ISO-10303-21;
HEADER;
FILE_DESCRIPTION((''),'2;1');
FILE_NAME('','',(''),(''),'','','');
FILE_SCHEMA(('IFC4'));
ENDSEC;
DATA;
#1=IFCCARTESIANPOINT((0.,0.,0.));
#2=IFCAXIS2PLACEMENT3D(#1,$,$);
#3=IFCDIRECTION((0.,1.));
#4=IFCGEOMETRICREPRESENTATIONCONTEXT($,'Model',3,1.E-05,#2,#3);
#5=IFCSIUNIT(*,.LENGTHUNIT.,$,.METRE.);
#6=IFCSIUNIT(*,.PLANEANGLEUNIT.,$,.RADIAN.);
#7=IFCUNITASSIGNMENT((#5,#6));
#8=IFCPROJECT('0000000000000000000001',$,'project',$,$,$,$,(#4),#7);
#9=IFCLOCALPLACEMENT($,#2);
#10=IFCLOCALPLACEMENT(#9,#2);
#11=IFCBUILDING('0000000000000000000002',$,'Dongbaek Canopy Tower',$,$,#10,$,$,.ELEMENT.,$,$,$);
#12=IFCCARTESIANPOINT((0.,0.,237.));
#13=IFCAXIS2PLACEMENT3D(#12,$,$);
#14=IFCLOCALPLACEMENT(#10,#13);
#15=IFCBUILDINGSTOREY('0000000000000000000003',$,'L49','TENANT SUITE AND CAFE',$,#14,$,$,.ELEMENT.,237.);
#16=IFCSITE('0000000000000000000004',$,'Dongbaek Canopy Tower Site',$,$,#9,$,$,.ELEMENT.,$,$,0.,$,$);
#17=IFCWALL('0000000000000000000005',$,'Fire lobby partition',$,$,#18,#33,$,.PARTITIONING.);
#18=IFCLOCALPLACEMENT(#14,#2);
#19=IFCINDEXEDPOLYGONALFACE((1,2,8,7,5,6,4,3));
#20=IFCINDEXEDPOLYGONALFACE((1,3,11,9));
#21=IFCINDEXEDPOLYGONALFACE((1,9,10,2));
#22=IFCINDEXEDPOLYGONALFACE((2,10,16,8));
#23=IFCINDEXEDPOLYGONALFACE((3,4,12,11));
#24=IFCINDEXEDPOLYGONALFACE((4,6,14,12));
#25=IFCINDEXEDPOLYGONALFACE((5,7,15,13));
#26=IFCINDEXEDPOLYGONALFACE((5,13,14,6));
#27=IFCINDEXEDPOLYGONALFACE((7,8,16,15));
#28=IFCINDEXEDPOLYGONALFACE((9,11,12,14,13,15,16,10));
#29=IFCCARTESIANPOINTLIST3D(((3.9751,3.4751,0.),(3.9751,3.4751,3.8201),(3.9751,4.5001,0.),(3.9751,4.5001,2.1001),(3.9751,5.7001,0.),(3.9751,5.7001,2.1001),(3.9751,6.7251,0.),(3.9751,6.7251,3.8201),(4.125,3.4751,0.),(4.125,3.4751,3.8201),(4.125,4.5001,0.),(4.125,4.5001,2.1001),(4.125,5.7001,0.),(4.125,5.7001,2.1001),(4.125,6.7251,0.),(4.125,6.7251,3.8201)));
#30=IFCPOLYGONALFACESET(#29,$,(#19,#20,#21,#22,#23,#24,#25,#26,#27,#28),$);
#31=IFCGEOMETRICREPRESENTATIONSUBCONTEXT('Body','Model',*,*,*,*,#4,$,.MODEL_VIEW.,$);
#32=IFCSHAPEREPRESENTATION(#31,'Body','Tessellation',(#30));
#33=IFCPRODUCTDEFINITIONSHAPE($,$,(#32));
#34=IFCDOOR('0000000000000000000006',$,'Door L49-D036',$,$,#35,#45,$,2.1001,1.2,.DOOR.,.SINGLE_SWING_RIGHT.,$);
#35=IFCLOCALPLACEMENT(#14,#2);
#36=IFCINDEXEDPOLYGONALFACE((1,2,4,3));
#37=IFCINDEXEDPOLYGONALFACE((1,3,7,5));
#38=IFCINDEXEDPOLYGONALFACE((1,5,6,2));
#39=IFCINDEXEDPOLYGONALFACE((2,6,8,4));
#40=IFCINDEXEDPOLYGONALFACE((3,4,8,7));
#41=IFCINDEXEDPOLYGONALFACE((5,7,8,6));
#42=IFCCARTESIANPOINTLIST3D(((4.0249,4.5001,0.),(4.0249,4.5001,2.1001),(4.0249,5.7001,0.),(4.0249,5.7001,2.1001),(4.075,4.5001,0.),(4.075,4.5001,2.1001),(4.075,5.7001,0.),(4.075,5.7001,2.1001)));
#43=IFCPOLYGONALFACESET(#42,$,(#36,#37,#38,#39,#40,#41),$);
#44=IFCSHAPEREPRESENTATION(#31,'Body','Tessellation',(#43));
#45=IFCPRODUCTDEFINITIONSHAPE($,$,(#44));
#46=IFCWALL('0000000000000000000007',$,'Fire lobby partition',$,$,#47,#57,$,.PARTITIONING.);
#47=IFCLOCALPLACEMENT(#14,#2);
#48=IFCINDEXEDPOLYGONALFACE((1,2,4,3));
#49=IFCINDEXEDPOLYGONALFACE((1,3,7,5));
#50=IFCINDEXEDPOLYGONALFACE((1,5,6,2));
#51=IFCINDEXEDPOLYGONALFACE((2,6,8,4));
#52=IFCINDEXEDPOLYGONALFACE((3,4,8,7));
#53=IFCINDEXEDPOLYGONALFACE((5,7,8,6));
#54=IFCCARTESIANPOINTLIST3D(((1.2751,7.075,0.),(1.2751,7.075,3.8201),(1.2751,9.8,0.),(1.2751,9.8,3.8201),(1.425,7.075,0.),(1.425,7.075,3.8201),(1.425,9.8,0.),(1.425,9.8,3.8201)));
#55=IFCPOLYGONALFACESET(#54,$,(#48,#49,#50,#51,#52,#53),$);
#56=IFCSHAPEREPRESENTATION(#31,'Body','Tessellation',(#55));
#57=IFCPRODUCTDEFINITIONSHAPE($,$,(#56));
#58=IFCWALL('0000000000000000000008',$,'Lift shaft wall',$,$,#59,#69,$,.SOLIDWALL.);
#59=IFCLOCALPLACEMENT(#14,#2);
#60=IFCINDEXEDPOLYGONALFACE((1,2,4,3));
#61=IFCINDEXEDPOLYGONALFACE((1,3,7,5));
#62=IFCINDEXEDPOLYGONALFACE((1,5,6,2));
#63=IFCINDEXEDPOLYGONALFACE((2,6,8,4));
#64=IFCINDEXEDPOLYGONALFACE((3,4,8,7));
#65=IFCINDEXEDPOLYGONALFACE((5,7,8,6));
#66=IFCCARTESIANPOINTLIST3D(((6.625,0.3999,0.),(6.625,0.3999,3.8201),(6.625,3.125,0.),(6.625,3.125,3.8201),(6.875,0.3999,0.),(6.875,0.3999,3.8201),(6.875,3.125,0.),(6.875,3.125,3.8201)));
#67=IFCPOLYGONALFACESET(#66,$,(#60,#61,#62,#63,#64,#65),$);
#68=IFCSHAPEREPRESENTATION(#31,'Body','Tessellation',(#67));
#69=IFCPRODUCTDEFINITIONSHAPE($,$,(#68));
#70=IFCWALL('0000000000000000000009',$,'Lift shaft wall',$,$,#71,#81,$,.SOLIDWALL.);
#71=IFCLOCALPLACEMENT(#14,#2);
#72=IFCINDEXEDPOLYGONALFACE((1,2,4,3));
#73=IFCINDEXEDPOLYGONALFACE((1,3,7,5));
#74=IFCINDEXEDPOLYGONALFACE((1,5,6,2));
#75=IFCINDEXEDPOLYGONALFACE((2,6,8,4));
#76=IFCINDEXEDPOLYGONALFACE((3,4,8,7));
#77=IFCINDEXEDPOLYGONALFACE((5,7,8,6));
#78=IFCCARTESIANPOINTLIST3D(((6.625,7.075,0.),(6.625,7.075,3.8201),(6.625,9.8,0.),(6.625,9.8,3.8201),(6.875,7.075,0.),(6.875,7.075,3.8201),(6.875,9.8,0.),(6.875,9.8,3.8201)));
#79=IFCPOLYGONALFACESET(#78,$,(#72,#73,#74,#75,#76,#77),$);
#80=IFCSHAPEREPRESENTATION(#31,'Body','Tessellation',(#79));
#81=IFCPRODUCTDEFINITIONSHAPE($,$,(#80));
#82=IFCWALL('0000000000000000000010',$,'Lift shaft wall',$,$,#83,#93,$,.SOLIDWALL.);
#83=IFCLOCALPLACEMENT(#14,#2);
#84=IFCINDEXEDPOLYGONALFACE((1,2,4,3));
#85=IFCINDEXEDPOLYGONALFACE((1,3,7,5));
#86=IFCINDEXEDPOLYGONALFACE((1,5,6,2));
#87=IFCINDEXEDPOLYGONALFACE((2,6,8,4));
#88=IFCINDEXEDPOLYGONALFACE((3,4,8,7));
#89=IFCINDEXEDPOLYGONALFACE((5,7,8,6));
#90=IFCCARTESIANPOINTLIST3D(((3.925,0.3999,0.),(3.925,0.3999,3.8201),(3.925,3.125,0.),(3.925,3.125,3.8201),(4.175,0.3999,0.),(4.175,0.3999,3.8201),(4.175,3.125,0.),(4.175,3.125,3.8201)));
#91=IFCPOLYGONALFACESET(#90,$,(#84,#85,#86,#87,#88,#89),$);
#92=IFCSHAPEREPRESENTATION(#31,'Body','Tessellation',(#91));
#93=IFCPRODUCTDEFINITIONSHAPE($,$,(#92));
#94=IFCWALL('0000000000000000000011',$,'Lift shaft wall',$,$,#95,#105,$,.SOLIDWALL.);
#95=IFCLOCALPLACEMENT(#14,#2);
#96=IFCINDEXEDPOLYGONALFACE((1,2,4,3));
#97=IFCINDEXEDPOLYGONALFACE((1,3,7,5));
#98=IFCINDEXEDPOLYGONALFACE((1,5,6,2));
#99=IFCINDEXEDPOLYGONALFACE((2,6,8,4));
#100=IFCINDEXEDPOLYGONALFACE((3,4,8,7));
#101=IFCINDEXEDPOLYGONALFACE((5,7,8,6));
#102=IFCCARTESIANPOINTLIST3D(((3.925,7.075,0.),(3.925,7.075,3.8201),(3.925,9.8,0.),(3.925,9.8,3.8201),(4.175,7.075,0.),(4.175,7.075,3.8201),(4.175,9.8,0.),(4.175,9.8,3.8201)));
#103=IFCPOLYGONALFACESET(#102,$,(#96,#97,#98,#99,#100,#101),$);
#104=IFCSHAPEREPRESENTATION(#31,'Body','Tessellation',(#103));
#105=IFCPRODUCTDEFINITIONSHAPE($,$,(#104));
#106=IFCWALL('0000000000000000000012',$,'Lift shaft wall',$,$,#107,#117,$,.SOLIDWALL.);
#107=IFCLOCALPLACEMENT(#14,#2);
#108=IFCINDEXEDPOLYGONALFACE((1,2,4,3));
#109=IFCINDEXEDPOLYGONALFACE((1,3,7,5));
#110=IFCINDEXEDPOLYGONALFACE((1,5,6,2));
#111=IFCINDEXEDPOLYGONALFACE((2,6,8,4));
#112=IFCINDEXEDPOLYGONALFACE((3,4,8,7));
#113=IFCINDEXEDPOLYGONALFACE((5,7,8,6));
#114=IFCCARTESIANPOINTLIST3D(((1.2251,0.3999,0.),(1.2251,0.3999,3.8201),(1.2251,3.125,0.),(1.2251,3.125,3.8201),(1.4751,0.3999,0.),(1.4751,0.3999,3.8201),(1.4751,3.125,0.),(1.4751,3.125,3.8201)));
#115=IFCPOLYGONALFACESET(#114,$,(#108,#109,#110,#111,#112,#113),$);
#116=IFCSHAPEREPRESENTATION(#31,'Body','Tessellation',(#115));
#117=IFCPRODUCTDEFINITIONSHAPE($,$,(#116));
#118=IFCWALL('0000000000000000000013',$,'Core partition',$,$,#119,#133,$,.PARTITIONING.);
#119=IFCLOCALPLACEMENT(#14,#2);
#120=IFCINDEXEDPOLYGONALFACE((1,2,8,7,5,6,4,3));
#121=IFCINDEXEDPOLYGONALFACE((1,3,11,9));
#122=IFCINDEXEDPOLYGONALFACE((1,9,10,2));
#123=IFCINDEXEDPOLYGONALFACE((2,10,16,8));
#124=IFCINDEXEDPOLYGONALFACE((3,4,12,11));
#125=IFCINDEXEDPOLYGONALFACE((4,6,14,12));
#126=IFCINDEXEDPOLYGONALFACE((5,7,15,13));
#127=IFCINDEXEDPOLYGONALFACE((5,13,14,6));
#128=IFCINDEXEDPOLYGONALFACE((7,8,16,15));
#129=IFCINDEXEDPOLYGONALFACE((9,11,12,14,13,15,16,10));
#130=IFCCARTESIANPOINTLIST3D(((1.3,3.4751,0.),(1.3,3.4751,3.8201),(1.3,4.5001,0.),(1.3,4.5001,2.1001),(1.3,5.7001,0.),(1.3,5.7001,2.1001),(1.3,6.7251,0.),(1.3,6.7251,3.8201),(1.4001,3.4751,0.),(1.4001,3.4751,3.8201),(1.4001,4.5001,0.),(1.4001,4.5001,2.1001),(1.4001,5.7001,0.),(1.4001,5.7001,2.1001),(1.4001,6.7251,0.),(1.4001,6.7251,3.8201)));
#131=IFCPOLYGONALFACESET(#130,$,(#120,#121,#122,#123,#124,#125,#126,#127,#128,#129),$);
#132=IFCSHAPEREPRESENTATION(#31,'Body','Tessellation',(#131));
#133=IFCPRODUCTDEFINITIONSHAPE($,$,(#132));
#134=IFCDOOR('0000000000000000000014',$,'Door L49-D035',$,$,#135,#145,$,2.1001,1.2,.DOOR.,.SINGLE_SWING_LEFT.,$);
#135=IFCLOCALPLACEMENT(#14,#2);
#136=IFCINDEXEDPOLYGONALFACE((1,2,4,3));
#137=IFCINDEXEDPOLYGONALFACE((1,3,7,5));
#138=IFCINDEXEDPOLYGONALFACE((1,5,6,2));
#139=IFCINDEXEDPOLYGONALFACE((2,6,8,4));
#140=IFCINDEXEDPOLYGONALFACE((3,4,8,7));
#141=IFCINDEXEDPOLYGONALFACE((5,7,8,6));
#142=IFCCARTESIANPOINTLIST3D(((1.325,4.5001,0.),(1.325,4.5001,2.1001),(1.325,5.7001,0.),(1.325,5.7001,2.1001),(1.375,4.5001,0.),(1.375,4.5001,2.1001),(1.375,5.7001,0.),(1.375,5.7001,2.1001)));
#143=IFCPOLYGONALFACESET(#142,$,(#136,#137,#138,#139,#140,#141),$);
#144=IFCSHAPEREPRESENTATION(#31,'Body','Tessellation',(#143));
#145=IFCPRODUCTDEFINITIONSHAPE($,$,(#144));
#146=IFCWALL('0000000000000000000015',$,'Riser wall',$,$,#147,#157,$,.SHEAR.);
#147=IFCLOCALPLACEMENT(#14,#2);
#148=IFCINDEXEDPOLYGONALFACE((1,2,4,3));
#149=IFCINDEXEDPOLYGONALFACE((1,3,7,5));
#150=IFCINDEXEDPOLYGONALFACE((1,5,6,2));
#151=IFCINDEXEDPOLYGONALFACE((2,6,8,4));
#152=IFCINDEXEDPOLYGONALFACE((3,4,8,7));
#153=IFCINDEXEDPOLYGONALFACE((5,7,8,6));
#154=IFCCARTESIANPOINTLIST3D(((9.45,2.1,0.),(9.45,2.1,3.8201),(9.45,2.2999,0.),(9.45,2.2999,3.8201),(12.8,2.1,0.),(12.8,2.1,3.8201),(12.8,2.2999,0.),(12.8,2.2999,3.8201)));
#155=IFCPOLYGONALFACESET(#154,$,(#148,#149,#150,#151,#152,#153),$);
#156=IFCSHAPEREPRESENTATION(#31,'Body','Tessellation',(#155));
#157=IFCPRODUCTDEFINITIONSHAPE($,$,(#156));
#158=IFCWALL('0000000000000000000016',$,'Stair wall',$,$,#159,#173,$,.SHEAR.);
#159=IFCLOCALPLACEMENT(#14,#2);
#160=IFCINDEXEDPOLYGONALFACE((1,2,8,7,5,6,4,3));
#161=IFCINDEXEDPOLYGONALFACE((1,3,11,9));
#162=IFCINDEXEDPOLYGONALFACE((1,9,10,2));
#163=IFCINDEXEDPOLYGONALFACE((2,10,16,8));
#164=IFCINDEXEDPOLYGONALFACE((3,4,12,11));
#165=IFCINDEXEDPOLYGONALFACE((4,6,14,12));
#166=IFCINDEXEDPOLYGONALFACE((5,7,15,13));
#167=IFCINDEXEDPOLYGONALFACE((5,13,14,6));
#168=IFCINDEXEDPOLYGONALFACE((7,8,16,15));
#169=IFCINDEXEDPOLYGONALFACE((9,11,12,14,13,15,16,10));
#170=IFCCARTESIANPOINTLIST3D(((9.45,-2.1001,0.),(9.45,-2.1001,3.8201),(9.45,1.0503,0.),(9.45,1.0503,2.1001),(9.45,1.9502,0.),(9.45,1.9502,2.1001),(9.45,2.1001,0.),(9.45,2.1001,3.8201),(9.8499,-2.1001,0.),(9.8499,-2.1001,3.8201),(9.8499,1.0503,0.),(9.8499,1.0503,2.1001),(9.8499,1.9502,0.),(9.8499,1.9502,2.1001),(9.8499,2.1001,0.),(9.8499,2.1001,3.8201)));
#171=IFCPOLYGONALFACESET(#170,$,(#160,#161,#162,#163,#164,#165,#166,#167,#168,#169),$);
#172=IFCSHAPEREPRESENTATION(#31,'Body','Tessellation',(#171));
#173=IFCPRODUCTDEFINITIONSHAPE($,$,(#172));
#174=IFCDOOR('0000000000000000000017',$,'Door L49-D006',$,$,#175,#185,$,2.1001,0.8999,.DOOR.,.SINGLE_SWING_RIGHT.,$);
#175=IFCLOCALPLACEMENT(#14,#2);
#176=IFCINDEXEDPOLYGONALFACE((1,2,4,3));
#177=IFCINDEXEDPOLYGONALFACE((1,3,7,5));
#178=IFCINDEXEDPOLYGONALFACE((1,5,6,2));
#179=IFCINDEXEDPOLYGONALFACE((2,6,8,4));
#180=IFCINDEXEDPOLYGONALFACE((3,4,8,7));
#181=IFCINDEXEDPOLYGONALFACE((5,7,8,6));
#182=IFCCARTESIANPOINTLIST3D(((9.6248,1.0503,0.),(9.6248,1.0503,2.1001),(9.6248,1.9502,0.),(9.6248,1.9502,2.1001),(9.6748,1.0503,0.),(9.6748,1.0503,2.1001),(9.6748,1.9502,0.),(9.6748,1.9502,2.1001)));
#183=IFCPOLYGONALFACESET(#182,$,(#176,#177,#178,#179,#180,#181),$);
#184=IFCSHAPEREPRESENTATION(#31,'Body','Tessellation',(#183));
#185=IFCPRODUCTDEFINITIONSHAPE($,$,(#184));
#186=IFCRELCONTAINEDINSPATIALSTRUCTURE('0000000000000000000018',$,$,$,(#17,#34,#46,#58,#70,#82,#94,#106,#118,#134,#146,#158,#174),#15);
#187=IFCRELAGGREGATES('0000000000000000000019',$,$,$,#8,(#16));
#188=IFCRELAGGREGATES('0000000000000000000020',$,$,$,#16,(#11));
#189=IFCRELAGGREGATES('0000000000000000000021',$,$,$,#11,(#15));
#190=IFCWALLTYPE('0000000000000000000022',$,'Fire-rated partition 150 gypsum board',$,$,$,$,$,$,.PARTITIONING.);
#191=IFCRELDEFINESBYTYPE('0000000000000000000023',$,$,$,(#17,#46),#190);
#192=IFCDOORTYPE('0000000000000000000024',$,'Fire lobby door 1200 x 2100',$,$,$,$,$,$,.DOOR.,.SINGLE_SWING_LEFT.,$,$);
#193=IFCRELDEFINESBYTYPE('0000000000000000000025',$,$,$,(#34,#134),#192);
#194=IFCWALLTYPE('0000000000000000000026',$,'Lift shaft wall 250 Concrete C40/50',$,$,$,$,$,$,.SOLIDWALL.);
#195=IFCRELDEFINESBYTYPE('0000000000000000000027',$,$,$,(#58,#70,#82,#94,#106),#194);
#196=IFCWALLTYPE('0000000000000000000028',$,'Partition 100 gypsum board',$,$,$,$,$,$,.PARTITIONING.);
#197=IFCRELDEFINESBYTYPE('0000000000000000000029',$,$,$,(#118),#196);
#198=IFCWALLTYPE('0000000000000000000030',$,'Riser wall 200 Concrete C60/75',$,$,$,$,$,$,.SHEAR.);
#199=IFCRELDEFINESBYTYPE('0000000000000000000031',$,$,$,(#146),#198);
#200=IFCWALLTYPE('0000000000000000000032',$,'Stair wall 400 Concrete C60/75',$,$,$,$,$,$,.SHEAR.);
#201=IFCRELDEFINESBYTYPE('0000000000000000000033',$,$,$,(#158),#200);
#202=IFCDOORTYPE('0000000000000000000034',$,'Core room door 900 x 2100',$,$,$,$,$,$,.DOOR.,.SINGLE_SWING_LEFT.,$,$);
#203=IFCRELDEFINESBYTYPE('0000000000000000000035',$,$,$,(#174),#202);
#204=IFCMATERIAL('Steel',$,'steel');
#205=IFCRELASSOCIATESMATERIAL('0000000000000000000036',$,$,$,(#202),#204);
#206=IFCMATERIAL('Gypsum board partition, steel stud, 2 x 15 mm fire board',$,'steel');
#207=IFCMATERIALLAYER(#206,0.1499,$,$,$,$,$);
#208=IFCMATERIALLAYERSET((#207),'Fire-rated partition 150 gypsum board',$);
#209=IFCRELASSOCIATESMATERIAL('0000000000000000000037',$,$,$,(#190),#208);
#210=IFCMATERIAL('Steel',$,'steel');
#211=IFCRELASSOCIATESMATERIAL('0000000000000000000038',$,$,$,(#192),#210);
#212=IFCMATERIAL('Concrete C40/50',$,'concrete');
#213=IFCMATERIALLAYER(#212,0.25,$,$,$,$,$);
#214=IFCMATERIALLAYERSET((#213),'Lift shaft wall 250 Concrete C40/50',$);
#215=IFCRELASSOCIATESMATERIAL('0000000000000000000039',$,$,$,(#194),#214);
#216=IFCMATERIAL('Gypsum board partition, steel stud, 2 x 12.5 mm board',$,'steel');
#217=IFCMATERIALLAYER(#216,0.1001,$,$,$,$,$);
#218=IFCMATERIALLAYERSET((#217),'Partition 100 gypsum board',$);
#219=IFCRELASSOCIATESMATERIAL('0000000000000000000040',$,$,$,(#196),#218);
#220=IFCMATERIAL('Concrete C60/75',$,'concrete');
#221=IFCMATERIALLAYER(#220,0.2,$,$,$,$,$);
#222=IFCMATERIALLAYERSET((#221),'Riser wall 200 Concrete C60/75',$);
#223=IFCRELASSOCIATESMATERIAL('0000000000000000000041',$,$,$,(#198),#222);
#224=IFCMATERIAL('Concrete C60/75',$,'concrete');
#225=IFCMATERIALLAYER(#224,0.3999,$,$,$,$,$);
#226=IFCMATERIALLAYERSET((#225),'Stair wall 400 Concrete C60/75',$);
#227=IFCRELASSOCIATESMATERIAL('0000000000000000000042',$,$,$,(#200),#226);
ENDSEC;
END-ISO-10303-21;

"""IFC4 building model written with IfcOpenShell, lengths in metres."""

from ifc_helpers import new_model, si_unit, direction, frame, frame_2d, origin, place, context, subcontext, project, spatial, rectangle, extrude, material, layer, layer_set, type_object, element, fill, save


model = new_model("IFC4")

# Units and contexts
model_context = context("Model", 3, precision=1e-05, world=origin(), true_north=direction((0.0, 1.0)))
body_context = subcontext(model_context, "Body", "Model", "MODEL_VIEW")
ifc_project = project(units=[si_unit("LENGTHUNIT", "METRE"), si_unit("PLANEANGLEUNIT", "RADIAN")], contexts=[model_context])

# Site, building, storey
site_placement = place(None, origin())
site = spatial("IfcSite", under=ifc_project, at=site_placement, Name="Dongbaek Canopy Tower Site", CompositionType="ELEMENT", RefElevation=0.0)
building_placement = place(site_placement, origin())
building = spatial("IfcBuilding", under=site, at=building_placement, Name="Dongbaek Canopy Tower", CompositionType="ELEMENT")
storey_placement = place(building_placement, frame((0.0, 0.0, 237.0)))
storey = spatial("IfcBuildingStorey", under=building, at=storey_placement, Name="L49", Description="TENANT SUITE AND CAFE", CompositionType="ELEMENT", Elevation=237.0)

# Shared definitions
ifc_material_1 = material(Name="Steel", Category="steel")
door_type_1 = type_object("IfcDoorType", Name="Core room door 900 x 2100", OperationType="SINGLE_SWING_LEFT", PredefinedType="DOOR", material=ifc_material_1)

# Wall, opening, door
ifc_material_2 = material(Name="Gypsum board partition, steel stud, 2 x 15 mm fire board", Category="steel")
ifc_layer_1 = layer(ifc_material_2, 0.1499)
ifc_layer_set_1 = layer_set([ifc_layer_1], Name="Fire-rated partition 150 gypsum board")
wall_type_1 = type_object("IfcWallType", Name="Fire-rated partition 150 gypsum board", PredefinedType="PARTITIONING", material=ifc_layer_set_1)
wall_1_placement = place(storey_placement, frame((4.05, 6.7251, 0.0), z_axis=(0.0, 0.0, 1.0), x_axis=(0.0, -1.0, 0.0)))
wall_1 = element("IfcWall", 1, at=wall_1_placement, inside=storey, type_object=wall_type_1, Name="Fire lobby partition", PredefinedType="PARTITIONING", context=body_context, shape_type="SweptSolid", body=[
    extrude(rectangle(XDim=3.25, YDim=0.1499, at=frame_2d((1.625, 0.0))), origin(), (0.0, 0.0, 1.0), 3.8201),
])
opening_1_placement = place(wall_1_placement, frame((1.0249, 0.0, 0.0)))
opening_1 = element("IfcOpeningElement", 2, at=opening_1_placement, cuts=wall_1, PredefinedType="OPENING", context=body_context, shape_type="SweptSolid", body=[
    extrude(rectangle(XDim=1.2, YDim=2.1001, at=frame_2d((0.6001, 1.05))), frame((0.0, 0.085, 0.0), z_axis=(0.0, -1.0, 0.0), x_axis=(1.0, 0.0, 0.0)), (0.0, 0.0, 1.0), 0.1699),
])
ifc_material_3 = material(Name="Steel", Category="steel")
door_type_2 = type_object("IfcDoorType", Name="Fire lobby door 1200 x 2100", OperationType="SINGLE_SWING_LEFT", PredefinedType="DOOR", material=ifc_material_3)
door_1_placement = place(opening_1_placement, origin())
door_1 = element("IfcDoor", 3, at=door_1_placement, inside=storey, type_object=door_type_2, Name="Door L49-D036", OperationType="SINGLE_SWING_RIGHT", OverallHeight=2.1001, OverallWidth=1.2, PredefinedType="DOOR", context=body_context, shape_type="SweptSolid", body=[
    extrude(rectangle(XDim=1.2, YDim=2.1001, at=frame_2d((0.6001, 1.05))), frame((0.0, 0.0249, 0.0), z_axis=(0.0, -1.0, 0.0), x_axis=(1.0, 0.0, 0.0)), (0.0, 0.0, 1.0), 0.05),
])
fill(opening_1, door_1)

# Walls
wall_2_placement = place(storey_placement, frame((1.3501, 7.075, 0.0), z_axis=(0.0, 0.0, 1.0), x_axis=(0.0, 1.0, 0.0)))
element("IfcWall", 4, at=wall_2_placement, inside=storey, type_object=wall_type_1, Name="Fire lobby partition", PredefinedType="PARTITIONING", context=body_context, shape_type="SweptSolid", body=[
    extrude(rectangle(XDim=2.7251, YDim=0.1499, at=frame_2d((1.3625, 0.0))), origin(), (0.0, 0.0, 1.0), 3.8201),
])
ifc_material_4 = material(Name="Concrete C40/50", Category="concrete")
ifc_layer_2 = layer(ifc_material_4, 0.25)
ifc_layer_set_2 = layer_set([ifc_layer_2], Name="Lift shaft wall 250 Concrete C40/50")
wall_type_2 = type_object("IfcWallType", Name="Lift shaft wall 250 Concrete C40/50", PredefinedType="SOLIDWALL", material=ifc_layer_set_2)
for number, where, z_axis, x_axis, name in (
    (5, (6.75, 0.3999, 0.0), (0.0, 0.0, 1.0), (0.0, 1.0, 0.0), "Lift shaft wall"),
    (6, (6.75, 7.075, 0.0), (0.0, 0.0, 1.0), (0.0, 1.0, 0.0), "Lift shaft wall"),
    (7, (4.05, 0.3999, 0.0), (0.0, 0.0, 1.0), (0.0, 1.0, 0.0), "Lift shaft wall"),
    (8, (4.05, 7.075, 0.0), (0.0, 0.0, 1.0), (0.0, 1.0, 0.0), "Lift shaft wall"),
    (9, (1.3501, 0.3999, 0.0), (0.0, 0.0, 1.0), (0.0, 1.0, 0.0), "Lift shaft wall"),
):
    element("IfcWall", number, at=place(storey_placement, frame(where, z_axis=z_axis, x_axis=x_axis)), inside=storey, type_object=wall_type_2, Name=name, PredefinedType="SOLIDWALL", context=body_context, shape_type="SweptSolid", body=[
        extrude(rectangle(XDim=2.7251, YDim=0.25, at=frame_2d((1.3625, 0.0))), origin(), (0.0, 0.0, 1.0), 3.8201),
    ])

# Wall, opening, door
ifc_material_5 = material(Name="Gypsum board partition, steel stud, 2 x 12.5 mm board", Category="steel")
ifc_layer_3 = layer(ifc_material_5, 0.1001)
ifc_layer_set_3 = layer_set([ifc_layer_3], Name="Partition 100 gypsum board")
wall_type_3 = type_object("IfcWallType", Name="Partition 100 gypsum board", PredefinedType="PARTITIONING", material=ifc_layer_set_3)
wall_3_placement = place(storey_placement, frame((1.3501, 6.7251, 0.0), z_axis=(0.0, 0.0, 1.0), x_axis=(0.0, -1.0, 0.0)))
wall_3 = element("IfcWall", 10, at=wall_3_placement, inside=storey, type_object=wall_type_3, Name="Core partition", PredefinedType="PARTITIONING", context=body_context, shape_type="SweptSolid", body=[
    extrude(rectangle(XDim=3.25, YDim=0.1001, at=frame_2d((1.625, 0.0))), origin(), (0.0, 0.0, 1.0), 3.8201),
])
opening_2_placement = place(wall_3_placement, frame((1.0249, 0.0, 0.0)))
opening_2 = element("IfcOpeningElement", 11, at=opening_2_placement, cuts=wall_3, PredefinedType="OPENING", context=body_context, shape_type="SweptSolid", body=[
    extrude(rectangle(XDim=1.2, YDim=2.1001, at=frame_2d((0.6001, 1.05))), frame((0.0, 0.0601, 0.0), z_axis=(0.0, -1.0, 0.0), x_axis=(1.0, 0.0, 0.0)), (0.0, 0.0, 1.0), 0.1201),
])
door_2_placement = place(opening_2_placement, origin())
door_2 = element("IfcDoor", 12, at=door_2_placement, inside=storey, type_object=door_type_2, Name="Door L49-D035", OperationType="SINGLE_SWING_LEFT", OverallHeight=2.1001, OverallWidth=1.2, PredefinedType="DOOR", context=body_context, shape_type="SweptSolid", body=[
    extrude(rectangle(XDim=1.2, YDim=2.1001, at=frame_2d((0.6001, 1.05))), frame((0.0, 0.0249, 0.0), z_axis=(0.0, -1.0, 0.0), x_axis=(1.0, 0.0, 0.0)), (0.0, 0.0, 1.0), 0.05),
])
fill(opening_2, door_2)

# Wall
ifc_material_6 = material(Name="Concrete C60/75", Category="concrete")
ifc_layer_4 = layer(ifc_material_6, 0.2)
ifc_layer_set_4 = layer_set([ifc_layer_4], Name="Riser wall 200 Concrete C60/75")
wall_type_4 = type_object("IfcWallType", Name="Riser wall 200 Concrete C60/75", PredefinedType="SHEAR", material=ifc_layer_set_4)
wall_4_placement = place(storey_placement, frame((9.45, 2.2, 0.0), z_axis=(0.0, 0.0, 1.0), x_axis=(1.0, 0.0, 0.0)))
element("IfcWall", 13, at=wall_4_placement, inside=storey, type_object=wall_type_4, Name="Riser wall", PredefinedType="SHEAR", context=body_context, shape_type="SweptSolid", body=[
    extrude(rectangle(XDim=3.3501, YDim=0.2, at=frame_2d((1.675, 0.0))), origin(), (0.0, 0.0, 1.0), 3.8201),
])

# Wall, opening, door
ifc_material_7 = material(Name="Concrete C60/75", Category="concrete")
ifc_layer_5 = layer(ifc_material_7, 0.3999)
ifc_layer_set_5 = layer_set([ifc_layer_5], Name="Stair wall 400 Concrete C60/75")
wall_type_5 = type_object("IfcWallType", Name="Stair wall 400 Concrete C60/75", PredefinedType="SHEAR", material=ifc_layer_set_5)
wall_5_placement = place(storey_placement, frame((9.6499, 2.1001, 0.0), z_axis=(0.0, 0.0, 1.0), x_axis=(0.0, -1.0, 0.0)))
wall_5 = element("IfcWall", 14, at=wall_5_placement, inside=storey, type_object=wall_type_5, Name="Stair wall", PredefinedType="SHEAR", context=body_context, shape_type="SweptSolid", body=[
    extrude(rectangle(XDim=4.2002, YDim=0.3999, at=frame_2d((2.1001, 0.0))), origin(), (0.0, 0.0, 1.0), 3.8201),
])
opening_3_placement = place(wall_5_placement, frame((0.1499, 0.0, 0.0)))
opening_3 = element("IfcOpeningElement", 15, at=opening_3_placement, cuts=wall_5, PredefinedType="OPENING", context=body_context, shape_type="SweptSolid", body=[
    extrude(rectangle(XDim=0.8999, YDim=2.1001, at=frame_2d((0.45, 1.05))), frame((0.0, 0.21, 0.0), z_axis=(0.0, -1.0, 0.0), x_axis=(1.0, 0.0, 0.0)), (0.0, 0.0, 1.0), 0.4199),
])
door_3_placement = place(opening_3_placement, origin())
door_3 = element("IfcDoor", 16, at=door_3_placement, inside=storey, type_object=door_type_1, Name="Door L49-D006", OperationType="SINGLE_SWING_RIGHT", OverallHeight=2.1001, OverallWidth=0.8999, PredefinedType="DOOR", context=body_context, shape_type="SweptSolid", body=[
    extrude(rectangle(XDim=0.8999, YDim=2.1001, at=frame_2d((0.45, 1.05))), frame((0.0, 0.0249, 0.0), z_axis=(0.0, -1.0, 0.0), x_axis=(1.0, 0.0, 0.0)), (0.0, 0.0, 1.0), 0.05),
])
fill(opening_3, door_3)

save(model, "model.ifc")
